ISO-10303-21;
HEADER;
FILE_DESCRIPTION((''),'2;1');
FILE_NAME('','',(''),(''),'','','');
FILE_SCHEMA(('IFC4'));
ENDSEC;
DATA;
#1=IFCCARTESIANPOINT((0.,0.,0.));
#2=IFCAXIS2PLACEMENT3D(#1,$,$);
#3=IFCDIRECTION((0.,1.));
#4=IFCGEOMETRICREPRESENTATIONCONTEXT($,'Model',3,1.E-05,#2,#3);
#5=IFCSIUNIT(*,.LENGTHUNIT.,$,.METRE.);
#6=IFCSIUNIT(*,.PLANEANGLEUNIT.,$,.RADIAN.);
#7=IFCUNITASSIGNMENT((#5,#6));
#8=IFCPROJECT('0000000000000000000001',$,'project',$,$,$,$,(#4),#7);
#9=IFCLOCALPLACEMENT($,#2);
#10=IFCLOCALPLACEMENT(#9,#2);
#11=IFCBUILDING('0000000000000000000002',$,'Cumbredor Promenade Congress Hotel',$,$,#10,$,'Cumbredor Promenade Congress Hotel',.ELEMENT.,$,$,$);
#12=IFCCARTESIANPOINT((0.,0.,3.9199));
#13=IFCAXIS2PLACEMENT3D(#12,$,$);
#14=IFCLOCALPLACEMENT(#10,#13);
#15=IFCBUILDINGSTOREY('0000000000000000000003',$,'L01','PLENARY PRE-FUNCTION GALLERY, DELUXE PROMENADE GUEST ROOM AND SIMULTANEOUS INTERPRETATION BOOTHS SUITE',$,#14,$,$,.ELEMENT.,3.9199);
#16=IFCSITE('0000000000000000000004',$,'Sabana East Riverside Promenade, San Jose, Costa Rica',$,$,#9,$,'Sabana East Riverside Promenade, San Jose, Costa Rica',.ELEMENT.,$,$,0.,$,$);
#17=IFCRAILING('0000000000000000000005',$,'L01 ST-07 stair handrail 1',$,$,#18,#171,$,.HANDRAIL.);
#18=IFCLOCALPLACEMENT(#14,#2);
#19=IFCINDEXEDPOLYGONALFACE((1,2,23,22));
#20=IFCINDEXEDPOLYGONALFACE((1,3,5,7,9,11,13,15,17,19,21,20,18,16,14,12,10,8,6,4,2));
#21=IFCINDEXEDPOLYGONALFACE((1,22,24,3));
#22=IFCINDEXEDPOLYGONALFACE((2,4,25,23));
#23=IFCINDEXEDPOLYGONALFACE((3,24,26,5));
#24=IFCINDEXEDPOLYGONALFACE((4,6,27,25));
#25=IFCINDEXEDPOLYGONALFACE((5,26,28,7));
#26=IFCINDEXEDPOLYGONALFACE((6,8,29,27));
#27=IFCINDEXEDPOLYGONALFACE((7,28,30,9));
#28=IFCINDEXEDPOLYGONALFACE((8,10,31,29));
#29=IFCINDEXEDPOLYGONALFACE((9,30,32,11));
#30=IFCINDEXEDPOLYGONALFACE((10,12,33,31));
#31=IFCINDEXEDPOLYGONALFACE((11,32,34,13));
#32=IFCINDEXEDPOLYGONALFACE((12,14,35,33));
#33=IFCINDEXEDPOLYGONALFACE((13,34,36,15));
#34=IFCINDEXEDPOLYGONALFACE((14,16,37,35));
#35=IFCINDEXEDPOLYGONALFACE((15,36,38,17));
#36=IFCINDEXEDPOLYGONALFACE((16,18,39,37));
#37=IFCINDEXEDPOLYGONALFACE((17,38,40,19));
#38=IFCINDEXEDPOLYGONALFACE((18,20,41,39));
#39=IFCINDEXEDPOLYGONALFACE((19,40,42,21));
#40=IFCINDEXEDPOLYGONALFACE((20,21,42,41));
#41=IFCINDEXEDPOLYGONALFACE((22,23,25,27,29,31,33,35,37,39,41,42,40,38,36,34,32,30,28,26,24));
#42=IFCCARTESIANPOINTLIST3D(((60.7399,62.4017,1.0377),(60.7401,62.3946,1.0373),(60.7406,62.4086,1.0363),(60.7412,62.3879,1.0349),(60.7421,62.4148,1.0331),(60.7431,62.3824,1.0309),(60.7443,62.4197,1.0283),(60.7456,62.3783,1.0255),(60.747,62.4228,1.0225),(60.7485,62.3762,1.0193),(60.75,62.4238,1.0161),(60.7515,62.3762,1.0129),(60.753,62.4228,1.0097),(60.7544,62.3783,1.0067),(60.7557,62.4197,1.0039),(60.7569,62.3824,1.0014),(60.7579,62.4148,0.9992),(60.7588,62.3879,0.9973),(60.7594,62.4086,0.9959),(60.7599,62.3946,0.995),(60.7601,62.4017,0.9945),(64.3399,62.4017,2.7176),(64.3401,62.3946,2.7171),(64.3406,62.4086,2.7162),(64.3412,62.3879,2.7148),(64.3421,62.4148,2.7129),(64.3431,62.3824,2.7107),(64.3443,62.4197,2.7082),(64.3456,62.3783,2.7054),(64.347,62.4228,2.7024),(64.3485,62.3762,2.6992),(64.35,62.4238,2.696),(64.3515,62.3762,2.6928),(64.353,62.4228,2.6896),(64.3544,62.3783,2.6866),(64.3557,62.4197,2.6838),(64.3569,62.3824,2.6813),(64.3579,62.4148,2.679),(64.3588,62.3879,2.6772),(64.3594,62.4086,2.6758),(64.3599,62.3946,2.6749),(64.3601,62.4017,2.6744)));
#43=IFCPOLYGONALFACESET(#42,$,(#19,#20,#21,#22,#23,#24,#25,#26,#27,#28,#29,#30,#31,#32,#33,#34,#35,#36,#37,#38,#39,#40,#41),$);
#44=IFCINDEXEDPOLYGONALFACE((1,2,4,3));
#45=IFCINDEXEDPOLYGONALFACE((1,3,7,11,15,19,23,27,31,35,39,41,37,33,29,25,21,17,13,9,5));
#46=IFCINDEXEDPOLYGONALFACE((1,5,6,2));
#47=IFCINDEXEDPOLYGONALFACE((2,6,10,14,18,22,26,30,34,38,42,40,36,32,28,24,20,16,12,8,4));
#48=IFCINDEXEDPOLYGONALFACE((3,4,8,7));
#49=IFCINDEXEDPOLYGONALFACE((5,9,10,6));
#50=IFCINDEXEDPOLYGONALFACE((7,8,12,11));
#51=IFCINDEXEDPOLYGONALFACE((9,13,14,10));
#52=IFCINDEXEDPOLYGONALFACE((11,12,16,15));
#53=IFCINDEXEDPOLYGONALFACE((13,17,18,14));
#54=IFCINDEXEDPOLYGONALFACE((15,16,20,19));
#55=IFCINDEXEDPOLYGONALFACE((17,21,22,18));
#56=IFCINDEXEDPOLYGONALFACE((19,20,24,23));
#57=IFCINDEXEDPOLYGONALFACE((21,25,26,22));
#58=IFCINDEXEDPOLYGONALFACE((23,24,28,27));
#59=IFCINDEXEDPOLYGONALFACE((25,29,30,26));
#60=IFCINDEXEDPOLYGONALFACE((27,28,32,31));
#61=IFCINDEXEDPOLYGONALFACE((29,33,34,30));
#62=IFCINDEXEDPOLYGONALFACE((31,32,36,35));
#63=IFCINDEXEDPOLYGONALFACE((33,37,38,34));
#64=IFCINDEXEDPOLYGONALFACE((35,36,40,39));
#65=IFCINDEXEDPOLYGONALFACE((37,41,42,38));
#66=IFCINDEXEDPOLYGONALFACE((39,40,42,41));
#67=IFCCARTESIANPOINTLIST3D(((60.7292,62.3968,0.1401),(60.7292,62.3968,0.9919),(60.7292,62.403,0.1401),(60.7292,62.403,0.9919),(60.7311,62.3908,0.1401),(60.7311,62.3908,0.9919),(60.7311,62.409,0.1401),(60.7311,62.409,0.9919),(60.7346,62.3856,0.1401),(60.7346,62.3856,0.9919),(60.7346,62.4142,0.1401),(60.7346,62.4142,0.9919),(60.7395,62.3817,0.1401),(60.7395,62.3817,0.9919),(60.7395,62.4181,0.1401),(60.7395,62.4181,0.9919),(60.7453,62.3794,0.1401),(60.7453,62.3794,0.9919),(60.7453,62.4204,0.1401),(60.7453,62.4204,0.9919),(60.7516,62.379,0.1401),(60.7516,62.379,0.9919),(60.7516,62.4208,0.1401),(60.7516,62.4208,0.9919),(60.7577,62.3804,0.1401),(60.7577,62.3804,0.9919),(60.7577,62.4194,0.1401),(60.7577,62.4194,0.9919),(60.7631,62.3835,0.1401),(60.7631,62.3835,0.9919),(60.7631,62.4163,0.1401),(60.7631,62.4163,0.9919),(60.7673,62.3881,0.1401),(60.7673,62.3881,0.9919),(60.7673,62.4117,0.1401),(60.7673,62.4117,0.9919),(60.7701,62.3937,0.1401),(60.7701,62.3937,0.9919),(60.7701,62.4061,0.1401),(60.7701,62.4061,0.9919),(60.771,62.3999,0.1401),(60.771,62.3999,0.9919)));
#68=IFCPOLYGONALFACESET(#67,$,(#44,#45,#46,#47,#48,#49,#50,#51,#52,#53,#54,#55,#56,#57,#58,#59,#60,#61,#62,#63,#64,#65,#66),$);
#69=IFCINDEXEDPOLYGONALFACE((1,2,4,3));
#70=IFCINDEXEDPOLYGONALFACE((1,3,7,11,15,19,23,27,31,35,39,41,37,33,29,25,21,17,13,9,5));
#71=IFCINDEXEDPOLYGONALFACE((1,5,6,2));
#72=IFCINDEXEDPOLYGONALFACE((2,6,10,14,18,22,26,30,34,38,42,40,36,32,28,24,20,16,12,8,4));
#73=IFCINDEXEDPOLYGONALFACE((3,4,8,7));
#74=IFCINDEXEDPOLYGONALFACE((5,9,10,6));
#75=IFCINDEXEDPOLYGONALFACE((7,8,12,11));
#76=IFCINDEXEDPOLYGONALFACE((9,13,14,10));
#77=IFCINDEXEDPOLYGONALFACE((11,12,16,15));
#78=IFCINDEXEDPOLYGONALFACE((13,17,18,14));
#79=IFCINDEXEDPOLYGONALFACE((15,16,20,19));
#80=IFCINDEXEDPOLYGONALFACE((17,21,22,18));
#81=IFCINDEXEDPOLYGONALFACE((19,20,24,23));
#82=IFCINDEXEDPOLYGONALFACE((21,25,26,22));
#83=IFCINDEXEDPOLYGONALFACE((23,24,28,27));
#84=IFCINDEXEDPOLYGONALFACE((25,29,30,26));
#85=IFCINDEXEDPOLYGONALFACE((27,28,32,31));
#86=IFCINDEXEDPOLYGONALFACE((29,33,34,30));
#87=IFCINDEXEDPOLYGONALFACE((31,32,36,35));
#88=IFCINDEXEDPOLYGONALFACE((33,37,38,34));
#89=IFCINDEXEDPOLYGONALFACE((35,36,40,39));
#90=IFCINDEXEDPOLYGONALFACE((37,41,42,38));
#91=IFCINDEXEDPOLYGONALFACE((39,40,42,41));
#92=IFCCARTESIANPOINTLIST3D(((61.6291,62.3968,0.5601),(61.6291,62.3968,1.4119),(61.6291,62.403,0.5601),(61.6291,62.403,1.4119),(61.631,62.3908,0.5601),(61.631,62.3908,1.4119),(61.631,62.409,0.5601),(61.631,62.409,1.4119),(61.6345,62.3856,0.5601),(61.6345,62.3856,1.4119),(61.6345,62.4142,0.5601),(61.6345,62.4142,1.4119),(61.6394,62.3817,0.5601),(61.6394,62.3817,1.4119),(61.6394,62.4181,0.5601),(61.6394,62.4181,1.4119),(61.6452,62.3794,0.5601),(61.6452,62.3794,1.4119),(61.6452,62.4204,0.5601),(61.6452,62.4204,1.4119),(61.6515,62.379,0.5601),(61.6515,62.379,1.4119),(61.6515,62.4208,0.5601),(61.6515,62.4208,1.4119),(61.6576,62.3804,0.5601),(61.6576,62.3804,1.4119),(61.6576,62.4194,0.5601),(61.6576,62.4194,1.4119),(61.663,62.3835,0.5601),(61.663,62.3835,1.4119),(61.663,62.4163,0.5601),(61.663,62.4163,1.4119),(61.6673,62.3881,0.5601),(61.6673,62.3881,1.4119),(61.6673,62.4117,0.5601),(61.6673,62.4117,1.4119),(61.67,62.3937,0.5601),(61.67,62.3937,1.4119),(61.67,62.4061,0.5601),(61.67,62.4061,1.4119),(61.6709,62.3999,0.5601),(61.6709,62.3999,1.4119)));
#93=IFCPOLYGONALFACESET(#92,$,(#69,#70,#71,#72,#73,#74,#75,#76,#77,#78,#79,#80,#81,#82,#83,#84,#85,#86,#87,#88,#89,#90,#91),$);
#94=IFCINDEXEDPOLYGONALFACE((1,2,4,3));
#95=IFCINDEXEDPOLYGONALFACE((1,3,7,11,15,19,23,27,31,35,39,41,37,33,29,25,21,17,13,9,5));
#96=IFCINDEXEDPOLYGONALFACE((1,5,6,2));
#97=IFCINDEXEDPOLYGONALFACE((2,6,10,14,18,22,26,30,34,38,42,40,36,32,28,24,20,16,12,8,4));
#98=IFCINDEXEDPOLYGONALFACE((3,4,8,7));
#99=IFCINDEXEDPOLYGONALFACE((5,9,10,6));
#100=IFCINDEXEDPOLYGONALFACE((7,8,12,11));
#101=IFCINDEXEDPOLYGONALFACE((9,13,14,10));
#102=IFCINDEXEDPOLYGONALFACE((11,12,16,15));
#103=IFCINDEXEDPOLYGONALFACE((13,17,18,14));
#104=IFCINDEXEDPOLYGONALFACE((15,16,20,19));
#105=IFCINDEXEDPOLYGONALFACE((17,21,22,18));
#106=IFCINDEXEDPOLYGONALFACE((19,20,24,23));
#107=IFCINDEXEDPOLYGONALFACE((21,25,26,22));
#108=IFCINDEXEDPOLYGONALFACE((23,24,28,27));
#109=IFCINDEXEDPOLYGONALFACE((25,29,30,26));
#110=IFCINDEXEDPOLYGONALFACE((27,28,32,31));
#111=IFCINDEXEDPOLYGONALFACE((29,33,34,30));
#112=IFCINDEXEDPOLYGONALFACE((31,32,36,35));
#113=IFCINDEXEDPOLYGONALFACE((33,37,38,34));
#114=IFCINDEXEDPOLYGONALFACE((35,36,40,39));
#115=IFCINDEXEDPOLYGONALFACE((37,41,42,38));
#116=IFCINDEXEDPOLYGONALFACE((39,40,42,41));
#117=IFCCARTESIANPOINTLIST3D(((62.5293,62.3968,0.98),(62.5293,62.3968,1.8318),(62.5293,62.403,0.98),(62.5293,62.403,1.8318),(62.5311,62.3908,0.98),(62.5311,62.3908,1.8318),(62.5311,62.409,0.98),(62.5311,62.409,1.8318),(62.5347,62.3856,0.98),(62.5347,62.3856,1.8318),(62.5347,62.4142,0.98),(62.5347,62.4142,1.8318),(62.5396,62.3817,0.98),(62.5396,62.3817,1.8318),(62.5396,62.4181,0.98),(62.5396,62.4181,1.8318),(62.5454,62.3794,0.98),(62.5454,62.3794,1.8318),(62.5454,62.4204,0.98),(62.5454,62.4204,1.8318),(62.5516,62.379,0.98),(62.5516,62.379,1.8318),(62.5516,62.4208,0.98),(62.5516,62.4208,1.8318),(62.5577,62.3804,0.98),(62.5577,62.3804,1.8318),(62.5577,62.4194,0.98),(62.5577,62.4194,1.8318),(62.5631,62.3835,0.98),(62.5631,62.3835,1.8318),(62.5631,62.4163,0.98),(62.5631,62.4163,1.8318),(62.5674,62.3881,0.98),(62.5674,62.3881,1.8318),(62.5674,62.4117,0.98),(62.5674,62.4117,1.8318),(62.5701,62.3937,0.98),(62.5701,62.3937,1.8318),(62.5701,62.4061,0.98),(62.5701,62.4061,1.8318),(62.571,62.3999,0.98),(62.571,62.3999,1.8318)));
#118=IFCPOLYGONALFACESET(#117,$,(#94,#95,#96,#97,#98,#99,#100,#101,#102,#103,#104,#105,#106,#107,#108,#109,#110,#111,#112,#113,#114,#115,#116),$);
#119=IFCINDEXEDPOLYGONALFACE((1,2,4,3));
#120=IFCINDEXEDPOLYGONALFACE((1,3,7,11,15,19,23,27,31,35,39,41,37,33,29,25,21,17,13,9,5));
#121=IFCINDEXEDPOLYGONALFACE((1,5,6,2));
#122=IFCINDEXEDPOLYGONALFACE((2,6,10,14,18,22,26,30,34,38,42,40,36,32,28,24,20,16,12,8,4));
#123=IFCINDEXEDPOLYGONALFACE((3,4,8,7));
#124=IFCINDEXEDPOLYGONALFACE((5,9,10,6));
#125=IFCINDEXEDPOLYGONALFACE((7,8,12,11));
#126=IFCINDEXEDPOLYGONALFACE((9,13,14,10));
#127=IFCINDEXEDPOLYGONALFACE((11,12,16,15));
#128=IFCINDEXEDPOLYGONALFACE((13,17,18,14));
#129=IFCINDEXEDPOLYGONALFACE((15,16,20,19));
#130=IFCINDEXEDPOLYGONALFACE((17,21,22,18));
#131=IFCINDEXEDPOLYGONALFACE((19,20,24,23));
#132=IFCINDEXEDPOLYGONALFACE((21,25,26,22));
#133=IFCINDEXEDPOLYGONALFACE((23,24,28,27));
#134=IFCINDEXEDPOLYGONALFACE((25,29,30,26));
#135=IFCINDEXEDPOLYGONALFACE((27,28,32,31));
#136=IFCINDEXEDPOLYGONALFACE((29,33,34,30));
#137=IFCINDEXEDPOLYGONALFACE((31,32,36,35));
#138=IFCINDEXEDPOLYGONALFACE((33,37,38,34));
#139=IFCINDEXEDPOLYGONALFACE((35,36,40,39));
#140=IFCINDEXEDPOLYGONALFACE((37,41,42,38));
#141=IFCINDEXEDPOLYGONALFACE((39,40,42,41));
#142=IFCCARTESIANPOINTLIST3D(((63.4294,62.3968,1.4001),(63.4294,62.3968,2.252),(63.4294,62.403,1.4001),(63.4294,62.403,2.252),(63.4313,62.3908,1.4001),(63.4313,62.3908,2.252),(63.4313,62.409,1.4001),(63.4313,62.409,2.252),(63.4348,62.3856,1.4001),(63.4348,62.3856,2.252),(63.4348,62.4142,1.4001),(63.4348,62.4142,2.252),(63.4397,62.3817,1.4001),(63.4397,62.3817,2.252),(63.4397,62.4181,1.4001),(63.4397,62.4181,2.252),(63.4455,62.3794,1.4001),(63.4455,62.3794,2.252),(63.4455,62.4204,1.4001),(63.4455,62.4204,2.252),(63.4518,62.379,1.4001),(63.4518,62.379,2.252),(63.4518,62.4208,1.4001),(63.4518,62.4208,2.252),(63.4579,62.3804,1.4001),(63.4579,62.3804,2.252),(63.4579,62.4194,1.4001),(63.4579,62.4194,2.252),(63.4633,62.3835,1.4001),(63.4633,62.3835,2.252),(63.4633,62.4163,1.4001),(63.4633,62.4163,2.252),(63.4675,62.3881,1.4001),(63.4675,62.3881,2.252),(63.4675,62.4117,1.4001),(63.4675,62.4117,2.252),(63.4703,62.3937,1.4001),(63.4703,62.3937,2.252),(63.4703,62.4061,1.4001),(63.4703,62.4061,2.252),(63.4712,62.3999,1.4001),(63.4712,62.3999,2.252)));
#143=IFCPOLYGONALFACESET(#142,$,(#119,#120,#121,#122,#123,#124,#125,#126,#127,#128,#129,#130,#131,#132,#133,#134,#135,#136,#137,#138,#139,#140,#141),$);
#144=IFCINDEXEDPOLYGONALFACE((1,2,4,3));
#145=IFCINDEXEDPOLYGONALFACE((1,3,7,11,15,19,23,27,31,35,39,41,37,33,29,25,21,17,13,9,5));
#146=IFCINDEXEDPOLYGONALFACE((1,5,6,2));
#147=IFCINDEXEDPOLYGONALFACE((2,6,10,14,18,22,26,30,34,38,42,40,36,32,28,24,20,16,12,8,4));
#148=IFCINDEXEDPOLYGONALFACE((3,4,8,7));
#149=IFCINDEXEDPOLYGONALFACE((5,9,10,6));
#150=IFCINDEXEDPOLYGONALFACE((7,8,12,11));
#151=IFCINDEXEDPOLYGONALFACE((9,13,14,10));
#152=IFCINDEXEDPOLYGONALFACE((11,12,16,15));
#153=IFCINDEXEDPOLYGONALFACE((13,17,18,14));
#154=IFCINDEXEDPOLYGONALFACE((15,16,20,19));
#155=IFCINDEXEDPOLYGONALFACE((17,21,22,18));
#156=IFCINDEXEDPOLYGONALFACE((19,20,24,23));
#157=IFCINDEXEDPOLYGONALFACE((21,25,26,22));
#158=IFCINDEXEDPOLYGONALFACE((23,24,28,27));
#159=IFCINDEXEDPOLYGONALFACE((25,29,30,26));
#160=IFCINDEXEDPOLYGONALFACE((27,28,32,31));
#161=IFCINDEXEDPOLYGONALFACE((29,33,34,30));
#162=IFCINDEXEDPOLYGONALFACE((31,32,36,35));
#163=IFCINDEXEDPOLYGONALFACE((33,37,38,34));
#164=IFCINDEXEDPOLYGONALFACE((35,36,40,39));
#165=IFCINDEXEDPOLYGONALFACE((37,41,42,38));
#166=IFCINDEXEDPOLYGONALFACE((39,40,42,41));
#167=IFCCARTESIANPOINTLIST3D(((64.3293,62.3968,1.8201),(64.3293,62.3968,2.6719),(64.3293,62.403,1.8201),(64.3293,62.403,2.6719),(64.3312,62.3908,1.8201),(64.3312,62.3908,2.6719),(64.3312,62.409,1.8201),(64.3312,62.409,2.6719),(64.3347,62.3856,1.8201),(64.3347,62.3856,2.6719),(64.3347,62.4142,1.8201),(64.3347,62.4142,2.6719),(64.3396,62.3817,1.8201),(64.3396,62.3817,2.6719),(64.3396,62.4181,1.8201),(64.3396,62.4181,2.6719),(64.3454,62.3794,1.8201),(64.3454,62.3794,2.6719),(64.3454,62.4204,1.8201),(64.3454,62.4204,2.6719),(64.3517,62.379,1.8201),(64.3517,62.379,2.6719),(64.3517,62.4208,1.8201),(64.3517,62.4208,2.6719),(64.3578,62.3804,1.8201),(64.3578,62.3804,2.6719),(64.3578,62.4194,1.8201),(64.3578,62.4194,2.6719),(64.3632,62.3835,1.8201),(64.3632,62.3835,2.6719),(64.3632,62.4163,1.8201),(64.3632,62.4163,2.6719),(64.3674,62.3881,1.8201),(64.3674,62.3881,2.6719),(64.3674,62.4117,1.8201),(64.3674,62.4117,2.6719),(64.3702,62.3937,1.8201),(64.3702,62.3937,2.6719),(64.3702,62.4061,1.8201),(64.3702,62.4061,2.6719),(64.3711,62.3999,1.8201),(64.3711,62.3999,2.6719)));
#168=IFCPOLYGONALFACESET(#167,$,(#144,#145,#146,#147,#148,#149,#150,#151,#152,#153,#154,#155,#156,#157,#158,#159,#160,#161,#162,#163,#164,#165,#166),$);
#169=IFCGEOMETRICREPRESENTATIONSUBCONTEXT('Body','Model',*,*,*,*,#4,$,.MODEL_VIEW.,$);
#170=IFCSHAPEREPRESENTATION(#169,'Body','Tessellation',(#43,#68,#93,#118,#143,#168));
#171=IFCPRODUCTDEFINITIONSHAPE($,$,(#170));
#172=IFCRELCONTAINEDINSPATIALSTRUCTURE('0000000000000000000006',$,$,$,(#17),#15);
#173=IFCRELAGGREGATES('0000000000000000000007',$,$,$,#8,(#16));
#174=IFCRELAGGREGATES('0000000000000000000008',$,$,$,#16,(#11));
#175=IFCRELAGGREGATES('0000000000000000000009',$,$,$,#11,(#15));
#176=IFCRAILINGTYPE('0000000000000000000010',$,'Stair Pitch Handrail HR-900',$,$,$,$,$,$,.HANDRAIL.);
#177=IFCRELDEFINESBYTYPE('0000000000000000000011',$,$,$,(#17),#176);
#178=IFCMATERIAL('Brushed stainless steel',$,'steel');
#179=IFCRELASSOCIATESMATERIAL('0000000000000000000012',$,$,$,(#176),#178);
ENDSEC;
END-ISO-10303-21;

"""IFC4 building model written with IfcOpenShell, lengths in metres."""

from ifc_helpers import new_model, si_unit, direction, frame, origin, origin_2d, place, context, subcontext, project, spatial, circle, extrude, material, type_object, element, save


model = new_model("IFC4")

# Units and contexts
model_context = context("Model", 3, precision=1e-05, world=origin(), true_north=direction((0.0, 1.0)))
body_context = subcontext(model_context, "Body", "Model", "MODEL_VIEW")
ifc_project = project(units=[si_unit("LENGTHUNIT", "METRE"), si_unit("PLANEANGLEUNIT", "RADIAN")], contexts=[model_context])

# Site, building, storey
site_placement = place(None, origin())
site = spatial("IfcSite", under=ifc_project, at=site_placement, Name="Sabana East Riverside Promenade, San Jose, Costa Rica", LongName="Sabana East Riverside Promenade, San Jose, Costa Rica", CompositionType="ELEMENT", RefElevation=0.0)
building_placement = place(site_placement, origin())
building = spatial("IfcBuilding", under=site, at=building_placement, Name="Cumbredor Promenade Congress Hotel", LongName="Cumbredor Promenade Congress Hotel", CompositionType="ELEMENT")
storey_placement = place(building_placement, frame((0.0, 0.0, 3.9199)))
storey = spatial("IfcBuildingStorey", under=building, at=storey_placement, Name="L01", Description="PLENARY PRE-FUNCTION GALLERY, DELUXE PROMENADE GUEST ROOM AND SIMULTANEOUS INTERPRETATION BOOTHS SUITE", CompositionType="ELEMENT", Elevation=3.9199)

# Railing
ifc_material_1 = material(Name="Brushed stainless steel", Category="steel")
railing_type_1 = type_object("IfcRailingType", Name="Stair Pitch Handrail HR-900", PredefinedType="HANDRAIL", material=ifc_material_1)
railing_1_placement = place(storey_placement, frame((60.75, 62.3999, 0.1401)))
element("IfcRailing", 1, at=railing_1_placement, inside=storey, type_object=railing_type_1, Name="L01 ST-07 stair handrail 1", PredefinedType="HANDRAIL", context=body_context, shape_type="SweptSolid", body=[
    extrude(circle(Radius=0.0239, at=origin_2d()), frame((0.0, 0.0, 0.876), z_axis=(0.906194, 0.0, 0.422862), x_axis=(0.0, 1.0, 0.0)), (0.0, 0.0, 1.0), 3.9727),
    extrude(circle(Radius=0.021, at=origin_2d()), origin(), (0.0, 0.0, 1.0), 0.8518),
    extrude(circle(Radius=0.021, at=origin_2d()), frame((0.8999, 0.0, 0.4199)), (0.0, 0.0, 1.0), 0.8518),
    extrude(circle(Radius=0.021, at=origin_2d()), frame((1.8, 0.0, 0.8398)), (0.0, 0.0, 1.0), 0.8518),
    extrude(circle(Radius=0.021, at=origin_2d()), frame((2.7002, 0.0, 1.26)), (0.0, 0.0, 1.0), 0.8518),
    extrude(circle(Radius=0.021, at=origin_2d()), frame((3.6001, 0.0, 1.6799)), (0.0, 0.0, 1.0), 0.8518),
])

save(model, "model.ifc")
